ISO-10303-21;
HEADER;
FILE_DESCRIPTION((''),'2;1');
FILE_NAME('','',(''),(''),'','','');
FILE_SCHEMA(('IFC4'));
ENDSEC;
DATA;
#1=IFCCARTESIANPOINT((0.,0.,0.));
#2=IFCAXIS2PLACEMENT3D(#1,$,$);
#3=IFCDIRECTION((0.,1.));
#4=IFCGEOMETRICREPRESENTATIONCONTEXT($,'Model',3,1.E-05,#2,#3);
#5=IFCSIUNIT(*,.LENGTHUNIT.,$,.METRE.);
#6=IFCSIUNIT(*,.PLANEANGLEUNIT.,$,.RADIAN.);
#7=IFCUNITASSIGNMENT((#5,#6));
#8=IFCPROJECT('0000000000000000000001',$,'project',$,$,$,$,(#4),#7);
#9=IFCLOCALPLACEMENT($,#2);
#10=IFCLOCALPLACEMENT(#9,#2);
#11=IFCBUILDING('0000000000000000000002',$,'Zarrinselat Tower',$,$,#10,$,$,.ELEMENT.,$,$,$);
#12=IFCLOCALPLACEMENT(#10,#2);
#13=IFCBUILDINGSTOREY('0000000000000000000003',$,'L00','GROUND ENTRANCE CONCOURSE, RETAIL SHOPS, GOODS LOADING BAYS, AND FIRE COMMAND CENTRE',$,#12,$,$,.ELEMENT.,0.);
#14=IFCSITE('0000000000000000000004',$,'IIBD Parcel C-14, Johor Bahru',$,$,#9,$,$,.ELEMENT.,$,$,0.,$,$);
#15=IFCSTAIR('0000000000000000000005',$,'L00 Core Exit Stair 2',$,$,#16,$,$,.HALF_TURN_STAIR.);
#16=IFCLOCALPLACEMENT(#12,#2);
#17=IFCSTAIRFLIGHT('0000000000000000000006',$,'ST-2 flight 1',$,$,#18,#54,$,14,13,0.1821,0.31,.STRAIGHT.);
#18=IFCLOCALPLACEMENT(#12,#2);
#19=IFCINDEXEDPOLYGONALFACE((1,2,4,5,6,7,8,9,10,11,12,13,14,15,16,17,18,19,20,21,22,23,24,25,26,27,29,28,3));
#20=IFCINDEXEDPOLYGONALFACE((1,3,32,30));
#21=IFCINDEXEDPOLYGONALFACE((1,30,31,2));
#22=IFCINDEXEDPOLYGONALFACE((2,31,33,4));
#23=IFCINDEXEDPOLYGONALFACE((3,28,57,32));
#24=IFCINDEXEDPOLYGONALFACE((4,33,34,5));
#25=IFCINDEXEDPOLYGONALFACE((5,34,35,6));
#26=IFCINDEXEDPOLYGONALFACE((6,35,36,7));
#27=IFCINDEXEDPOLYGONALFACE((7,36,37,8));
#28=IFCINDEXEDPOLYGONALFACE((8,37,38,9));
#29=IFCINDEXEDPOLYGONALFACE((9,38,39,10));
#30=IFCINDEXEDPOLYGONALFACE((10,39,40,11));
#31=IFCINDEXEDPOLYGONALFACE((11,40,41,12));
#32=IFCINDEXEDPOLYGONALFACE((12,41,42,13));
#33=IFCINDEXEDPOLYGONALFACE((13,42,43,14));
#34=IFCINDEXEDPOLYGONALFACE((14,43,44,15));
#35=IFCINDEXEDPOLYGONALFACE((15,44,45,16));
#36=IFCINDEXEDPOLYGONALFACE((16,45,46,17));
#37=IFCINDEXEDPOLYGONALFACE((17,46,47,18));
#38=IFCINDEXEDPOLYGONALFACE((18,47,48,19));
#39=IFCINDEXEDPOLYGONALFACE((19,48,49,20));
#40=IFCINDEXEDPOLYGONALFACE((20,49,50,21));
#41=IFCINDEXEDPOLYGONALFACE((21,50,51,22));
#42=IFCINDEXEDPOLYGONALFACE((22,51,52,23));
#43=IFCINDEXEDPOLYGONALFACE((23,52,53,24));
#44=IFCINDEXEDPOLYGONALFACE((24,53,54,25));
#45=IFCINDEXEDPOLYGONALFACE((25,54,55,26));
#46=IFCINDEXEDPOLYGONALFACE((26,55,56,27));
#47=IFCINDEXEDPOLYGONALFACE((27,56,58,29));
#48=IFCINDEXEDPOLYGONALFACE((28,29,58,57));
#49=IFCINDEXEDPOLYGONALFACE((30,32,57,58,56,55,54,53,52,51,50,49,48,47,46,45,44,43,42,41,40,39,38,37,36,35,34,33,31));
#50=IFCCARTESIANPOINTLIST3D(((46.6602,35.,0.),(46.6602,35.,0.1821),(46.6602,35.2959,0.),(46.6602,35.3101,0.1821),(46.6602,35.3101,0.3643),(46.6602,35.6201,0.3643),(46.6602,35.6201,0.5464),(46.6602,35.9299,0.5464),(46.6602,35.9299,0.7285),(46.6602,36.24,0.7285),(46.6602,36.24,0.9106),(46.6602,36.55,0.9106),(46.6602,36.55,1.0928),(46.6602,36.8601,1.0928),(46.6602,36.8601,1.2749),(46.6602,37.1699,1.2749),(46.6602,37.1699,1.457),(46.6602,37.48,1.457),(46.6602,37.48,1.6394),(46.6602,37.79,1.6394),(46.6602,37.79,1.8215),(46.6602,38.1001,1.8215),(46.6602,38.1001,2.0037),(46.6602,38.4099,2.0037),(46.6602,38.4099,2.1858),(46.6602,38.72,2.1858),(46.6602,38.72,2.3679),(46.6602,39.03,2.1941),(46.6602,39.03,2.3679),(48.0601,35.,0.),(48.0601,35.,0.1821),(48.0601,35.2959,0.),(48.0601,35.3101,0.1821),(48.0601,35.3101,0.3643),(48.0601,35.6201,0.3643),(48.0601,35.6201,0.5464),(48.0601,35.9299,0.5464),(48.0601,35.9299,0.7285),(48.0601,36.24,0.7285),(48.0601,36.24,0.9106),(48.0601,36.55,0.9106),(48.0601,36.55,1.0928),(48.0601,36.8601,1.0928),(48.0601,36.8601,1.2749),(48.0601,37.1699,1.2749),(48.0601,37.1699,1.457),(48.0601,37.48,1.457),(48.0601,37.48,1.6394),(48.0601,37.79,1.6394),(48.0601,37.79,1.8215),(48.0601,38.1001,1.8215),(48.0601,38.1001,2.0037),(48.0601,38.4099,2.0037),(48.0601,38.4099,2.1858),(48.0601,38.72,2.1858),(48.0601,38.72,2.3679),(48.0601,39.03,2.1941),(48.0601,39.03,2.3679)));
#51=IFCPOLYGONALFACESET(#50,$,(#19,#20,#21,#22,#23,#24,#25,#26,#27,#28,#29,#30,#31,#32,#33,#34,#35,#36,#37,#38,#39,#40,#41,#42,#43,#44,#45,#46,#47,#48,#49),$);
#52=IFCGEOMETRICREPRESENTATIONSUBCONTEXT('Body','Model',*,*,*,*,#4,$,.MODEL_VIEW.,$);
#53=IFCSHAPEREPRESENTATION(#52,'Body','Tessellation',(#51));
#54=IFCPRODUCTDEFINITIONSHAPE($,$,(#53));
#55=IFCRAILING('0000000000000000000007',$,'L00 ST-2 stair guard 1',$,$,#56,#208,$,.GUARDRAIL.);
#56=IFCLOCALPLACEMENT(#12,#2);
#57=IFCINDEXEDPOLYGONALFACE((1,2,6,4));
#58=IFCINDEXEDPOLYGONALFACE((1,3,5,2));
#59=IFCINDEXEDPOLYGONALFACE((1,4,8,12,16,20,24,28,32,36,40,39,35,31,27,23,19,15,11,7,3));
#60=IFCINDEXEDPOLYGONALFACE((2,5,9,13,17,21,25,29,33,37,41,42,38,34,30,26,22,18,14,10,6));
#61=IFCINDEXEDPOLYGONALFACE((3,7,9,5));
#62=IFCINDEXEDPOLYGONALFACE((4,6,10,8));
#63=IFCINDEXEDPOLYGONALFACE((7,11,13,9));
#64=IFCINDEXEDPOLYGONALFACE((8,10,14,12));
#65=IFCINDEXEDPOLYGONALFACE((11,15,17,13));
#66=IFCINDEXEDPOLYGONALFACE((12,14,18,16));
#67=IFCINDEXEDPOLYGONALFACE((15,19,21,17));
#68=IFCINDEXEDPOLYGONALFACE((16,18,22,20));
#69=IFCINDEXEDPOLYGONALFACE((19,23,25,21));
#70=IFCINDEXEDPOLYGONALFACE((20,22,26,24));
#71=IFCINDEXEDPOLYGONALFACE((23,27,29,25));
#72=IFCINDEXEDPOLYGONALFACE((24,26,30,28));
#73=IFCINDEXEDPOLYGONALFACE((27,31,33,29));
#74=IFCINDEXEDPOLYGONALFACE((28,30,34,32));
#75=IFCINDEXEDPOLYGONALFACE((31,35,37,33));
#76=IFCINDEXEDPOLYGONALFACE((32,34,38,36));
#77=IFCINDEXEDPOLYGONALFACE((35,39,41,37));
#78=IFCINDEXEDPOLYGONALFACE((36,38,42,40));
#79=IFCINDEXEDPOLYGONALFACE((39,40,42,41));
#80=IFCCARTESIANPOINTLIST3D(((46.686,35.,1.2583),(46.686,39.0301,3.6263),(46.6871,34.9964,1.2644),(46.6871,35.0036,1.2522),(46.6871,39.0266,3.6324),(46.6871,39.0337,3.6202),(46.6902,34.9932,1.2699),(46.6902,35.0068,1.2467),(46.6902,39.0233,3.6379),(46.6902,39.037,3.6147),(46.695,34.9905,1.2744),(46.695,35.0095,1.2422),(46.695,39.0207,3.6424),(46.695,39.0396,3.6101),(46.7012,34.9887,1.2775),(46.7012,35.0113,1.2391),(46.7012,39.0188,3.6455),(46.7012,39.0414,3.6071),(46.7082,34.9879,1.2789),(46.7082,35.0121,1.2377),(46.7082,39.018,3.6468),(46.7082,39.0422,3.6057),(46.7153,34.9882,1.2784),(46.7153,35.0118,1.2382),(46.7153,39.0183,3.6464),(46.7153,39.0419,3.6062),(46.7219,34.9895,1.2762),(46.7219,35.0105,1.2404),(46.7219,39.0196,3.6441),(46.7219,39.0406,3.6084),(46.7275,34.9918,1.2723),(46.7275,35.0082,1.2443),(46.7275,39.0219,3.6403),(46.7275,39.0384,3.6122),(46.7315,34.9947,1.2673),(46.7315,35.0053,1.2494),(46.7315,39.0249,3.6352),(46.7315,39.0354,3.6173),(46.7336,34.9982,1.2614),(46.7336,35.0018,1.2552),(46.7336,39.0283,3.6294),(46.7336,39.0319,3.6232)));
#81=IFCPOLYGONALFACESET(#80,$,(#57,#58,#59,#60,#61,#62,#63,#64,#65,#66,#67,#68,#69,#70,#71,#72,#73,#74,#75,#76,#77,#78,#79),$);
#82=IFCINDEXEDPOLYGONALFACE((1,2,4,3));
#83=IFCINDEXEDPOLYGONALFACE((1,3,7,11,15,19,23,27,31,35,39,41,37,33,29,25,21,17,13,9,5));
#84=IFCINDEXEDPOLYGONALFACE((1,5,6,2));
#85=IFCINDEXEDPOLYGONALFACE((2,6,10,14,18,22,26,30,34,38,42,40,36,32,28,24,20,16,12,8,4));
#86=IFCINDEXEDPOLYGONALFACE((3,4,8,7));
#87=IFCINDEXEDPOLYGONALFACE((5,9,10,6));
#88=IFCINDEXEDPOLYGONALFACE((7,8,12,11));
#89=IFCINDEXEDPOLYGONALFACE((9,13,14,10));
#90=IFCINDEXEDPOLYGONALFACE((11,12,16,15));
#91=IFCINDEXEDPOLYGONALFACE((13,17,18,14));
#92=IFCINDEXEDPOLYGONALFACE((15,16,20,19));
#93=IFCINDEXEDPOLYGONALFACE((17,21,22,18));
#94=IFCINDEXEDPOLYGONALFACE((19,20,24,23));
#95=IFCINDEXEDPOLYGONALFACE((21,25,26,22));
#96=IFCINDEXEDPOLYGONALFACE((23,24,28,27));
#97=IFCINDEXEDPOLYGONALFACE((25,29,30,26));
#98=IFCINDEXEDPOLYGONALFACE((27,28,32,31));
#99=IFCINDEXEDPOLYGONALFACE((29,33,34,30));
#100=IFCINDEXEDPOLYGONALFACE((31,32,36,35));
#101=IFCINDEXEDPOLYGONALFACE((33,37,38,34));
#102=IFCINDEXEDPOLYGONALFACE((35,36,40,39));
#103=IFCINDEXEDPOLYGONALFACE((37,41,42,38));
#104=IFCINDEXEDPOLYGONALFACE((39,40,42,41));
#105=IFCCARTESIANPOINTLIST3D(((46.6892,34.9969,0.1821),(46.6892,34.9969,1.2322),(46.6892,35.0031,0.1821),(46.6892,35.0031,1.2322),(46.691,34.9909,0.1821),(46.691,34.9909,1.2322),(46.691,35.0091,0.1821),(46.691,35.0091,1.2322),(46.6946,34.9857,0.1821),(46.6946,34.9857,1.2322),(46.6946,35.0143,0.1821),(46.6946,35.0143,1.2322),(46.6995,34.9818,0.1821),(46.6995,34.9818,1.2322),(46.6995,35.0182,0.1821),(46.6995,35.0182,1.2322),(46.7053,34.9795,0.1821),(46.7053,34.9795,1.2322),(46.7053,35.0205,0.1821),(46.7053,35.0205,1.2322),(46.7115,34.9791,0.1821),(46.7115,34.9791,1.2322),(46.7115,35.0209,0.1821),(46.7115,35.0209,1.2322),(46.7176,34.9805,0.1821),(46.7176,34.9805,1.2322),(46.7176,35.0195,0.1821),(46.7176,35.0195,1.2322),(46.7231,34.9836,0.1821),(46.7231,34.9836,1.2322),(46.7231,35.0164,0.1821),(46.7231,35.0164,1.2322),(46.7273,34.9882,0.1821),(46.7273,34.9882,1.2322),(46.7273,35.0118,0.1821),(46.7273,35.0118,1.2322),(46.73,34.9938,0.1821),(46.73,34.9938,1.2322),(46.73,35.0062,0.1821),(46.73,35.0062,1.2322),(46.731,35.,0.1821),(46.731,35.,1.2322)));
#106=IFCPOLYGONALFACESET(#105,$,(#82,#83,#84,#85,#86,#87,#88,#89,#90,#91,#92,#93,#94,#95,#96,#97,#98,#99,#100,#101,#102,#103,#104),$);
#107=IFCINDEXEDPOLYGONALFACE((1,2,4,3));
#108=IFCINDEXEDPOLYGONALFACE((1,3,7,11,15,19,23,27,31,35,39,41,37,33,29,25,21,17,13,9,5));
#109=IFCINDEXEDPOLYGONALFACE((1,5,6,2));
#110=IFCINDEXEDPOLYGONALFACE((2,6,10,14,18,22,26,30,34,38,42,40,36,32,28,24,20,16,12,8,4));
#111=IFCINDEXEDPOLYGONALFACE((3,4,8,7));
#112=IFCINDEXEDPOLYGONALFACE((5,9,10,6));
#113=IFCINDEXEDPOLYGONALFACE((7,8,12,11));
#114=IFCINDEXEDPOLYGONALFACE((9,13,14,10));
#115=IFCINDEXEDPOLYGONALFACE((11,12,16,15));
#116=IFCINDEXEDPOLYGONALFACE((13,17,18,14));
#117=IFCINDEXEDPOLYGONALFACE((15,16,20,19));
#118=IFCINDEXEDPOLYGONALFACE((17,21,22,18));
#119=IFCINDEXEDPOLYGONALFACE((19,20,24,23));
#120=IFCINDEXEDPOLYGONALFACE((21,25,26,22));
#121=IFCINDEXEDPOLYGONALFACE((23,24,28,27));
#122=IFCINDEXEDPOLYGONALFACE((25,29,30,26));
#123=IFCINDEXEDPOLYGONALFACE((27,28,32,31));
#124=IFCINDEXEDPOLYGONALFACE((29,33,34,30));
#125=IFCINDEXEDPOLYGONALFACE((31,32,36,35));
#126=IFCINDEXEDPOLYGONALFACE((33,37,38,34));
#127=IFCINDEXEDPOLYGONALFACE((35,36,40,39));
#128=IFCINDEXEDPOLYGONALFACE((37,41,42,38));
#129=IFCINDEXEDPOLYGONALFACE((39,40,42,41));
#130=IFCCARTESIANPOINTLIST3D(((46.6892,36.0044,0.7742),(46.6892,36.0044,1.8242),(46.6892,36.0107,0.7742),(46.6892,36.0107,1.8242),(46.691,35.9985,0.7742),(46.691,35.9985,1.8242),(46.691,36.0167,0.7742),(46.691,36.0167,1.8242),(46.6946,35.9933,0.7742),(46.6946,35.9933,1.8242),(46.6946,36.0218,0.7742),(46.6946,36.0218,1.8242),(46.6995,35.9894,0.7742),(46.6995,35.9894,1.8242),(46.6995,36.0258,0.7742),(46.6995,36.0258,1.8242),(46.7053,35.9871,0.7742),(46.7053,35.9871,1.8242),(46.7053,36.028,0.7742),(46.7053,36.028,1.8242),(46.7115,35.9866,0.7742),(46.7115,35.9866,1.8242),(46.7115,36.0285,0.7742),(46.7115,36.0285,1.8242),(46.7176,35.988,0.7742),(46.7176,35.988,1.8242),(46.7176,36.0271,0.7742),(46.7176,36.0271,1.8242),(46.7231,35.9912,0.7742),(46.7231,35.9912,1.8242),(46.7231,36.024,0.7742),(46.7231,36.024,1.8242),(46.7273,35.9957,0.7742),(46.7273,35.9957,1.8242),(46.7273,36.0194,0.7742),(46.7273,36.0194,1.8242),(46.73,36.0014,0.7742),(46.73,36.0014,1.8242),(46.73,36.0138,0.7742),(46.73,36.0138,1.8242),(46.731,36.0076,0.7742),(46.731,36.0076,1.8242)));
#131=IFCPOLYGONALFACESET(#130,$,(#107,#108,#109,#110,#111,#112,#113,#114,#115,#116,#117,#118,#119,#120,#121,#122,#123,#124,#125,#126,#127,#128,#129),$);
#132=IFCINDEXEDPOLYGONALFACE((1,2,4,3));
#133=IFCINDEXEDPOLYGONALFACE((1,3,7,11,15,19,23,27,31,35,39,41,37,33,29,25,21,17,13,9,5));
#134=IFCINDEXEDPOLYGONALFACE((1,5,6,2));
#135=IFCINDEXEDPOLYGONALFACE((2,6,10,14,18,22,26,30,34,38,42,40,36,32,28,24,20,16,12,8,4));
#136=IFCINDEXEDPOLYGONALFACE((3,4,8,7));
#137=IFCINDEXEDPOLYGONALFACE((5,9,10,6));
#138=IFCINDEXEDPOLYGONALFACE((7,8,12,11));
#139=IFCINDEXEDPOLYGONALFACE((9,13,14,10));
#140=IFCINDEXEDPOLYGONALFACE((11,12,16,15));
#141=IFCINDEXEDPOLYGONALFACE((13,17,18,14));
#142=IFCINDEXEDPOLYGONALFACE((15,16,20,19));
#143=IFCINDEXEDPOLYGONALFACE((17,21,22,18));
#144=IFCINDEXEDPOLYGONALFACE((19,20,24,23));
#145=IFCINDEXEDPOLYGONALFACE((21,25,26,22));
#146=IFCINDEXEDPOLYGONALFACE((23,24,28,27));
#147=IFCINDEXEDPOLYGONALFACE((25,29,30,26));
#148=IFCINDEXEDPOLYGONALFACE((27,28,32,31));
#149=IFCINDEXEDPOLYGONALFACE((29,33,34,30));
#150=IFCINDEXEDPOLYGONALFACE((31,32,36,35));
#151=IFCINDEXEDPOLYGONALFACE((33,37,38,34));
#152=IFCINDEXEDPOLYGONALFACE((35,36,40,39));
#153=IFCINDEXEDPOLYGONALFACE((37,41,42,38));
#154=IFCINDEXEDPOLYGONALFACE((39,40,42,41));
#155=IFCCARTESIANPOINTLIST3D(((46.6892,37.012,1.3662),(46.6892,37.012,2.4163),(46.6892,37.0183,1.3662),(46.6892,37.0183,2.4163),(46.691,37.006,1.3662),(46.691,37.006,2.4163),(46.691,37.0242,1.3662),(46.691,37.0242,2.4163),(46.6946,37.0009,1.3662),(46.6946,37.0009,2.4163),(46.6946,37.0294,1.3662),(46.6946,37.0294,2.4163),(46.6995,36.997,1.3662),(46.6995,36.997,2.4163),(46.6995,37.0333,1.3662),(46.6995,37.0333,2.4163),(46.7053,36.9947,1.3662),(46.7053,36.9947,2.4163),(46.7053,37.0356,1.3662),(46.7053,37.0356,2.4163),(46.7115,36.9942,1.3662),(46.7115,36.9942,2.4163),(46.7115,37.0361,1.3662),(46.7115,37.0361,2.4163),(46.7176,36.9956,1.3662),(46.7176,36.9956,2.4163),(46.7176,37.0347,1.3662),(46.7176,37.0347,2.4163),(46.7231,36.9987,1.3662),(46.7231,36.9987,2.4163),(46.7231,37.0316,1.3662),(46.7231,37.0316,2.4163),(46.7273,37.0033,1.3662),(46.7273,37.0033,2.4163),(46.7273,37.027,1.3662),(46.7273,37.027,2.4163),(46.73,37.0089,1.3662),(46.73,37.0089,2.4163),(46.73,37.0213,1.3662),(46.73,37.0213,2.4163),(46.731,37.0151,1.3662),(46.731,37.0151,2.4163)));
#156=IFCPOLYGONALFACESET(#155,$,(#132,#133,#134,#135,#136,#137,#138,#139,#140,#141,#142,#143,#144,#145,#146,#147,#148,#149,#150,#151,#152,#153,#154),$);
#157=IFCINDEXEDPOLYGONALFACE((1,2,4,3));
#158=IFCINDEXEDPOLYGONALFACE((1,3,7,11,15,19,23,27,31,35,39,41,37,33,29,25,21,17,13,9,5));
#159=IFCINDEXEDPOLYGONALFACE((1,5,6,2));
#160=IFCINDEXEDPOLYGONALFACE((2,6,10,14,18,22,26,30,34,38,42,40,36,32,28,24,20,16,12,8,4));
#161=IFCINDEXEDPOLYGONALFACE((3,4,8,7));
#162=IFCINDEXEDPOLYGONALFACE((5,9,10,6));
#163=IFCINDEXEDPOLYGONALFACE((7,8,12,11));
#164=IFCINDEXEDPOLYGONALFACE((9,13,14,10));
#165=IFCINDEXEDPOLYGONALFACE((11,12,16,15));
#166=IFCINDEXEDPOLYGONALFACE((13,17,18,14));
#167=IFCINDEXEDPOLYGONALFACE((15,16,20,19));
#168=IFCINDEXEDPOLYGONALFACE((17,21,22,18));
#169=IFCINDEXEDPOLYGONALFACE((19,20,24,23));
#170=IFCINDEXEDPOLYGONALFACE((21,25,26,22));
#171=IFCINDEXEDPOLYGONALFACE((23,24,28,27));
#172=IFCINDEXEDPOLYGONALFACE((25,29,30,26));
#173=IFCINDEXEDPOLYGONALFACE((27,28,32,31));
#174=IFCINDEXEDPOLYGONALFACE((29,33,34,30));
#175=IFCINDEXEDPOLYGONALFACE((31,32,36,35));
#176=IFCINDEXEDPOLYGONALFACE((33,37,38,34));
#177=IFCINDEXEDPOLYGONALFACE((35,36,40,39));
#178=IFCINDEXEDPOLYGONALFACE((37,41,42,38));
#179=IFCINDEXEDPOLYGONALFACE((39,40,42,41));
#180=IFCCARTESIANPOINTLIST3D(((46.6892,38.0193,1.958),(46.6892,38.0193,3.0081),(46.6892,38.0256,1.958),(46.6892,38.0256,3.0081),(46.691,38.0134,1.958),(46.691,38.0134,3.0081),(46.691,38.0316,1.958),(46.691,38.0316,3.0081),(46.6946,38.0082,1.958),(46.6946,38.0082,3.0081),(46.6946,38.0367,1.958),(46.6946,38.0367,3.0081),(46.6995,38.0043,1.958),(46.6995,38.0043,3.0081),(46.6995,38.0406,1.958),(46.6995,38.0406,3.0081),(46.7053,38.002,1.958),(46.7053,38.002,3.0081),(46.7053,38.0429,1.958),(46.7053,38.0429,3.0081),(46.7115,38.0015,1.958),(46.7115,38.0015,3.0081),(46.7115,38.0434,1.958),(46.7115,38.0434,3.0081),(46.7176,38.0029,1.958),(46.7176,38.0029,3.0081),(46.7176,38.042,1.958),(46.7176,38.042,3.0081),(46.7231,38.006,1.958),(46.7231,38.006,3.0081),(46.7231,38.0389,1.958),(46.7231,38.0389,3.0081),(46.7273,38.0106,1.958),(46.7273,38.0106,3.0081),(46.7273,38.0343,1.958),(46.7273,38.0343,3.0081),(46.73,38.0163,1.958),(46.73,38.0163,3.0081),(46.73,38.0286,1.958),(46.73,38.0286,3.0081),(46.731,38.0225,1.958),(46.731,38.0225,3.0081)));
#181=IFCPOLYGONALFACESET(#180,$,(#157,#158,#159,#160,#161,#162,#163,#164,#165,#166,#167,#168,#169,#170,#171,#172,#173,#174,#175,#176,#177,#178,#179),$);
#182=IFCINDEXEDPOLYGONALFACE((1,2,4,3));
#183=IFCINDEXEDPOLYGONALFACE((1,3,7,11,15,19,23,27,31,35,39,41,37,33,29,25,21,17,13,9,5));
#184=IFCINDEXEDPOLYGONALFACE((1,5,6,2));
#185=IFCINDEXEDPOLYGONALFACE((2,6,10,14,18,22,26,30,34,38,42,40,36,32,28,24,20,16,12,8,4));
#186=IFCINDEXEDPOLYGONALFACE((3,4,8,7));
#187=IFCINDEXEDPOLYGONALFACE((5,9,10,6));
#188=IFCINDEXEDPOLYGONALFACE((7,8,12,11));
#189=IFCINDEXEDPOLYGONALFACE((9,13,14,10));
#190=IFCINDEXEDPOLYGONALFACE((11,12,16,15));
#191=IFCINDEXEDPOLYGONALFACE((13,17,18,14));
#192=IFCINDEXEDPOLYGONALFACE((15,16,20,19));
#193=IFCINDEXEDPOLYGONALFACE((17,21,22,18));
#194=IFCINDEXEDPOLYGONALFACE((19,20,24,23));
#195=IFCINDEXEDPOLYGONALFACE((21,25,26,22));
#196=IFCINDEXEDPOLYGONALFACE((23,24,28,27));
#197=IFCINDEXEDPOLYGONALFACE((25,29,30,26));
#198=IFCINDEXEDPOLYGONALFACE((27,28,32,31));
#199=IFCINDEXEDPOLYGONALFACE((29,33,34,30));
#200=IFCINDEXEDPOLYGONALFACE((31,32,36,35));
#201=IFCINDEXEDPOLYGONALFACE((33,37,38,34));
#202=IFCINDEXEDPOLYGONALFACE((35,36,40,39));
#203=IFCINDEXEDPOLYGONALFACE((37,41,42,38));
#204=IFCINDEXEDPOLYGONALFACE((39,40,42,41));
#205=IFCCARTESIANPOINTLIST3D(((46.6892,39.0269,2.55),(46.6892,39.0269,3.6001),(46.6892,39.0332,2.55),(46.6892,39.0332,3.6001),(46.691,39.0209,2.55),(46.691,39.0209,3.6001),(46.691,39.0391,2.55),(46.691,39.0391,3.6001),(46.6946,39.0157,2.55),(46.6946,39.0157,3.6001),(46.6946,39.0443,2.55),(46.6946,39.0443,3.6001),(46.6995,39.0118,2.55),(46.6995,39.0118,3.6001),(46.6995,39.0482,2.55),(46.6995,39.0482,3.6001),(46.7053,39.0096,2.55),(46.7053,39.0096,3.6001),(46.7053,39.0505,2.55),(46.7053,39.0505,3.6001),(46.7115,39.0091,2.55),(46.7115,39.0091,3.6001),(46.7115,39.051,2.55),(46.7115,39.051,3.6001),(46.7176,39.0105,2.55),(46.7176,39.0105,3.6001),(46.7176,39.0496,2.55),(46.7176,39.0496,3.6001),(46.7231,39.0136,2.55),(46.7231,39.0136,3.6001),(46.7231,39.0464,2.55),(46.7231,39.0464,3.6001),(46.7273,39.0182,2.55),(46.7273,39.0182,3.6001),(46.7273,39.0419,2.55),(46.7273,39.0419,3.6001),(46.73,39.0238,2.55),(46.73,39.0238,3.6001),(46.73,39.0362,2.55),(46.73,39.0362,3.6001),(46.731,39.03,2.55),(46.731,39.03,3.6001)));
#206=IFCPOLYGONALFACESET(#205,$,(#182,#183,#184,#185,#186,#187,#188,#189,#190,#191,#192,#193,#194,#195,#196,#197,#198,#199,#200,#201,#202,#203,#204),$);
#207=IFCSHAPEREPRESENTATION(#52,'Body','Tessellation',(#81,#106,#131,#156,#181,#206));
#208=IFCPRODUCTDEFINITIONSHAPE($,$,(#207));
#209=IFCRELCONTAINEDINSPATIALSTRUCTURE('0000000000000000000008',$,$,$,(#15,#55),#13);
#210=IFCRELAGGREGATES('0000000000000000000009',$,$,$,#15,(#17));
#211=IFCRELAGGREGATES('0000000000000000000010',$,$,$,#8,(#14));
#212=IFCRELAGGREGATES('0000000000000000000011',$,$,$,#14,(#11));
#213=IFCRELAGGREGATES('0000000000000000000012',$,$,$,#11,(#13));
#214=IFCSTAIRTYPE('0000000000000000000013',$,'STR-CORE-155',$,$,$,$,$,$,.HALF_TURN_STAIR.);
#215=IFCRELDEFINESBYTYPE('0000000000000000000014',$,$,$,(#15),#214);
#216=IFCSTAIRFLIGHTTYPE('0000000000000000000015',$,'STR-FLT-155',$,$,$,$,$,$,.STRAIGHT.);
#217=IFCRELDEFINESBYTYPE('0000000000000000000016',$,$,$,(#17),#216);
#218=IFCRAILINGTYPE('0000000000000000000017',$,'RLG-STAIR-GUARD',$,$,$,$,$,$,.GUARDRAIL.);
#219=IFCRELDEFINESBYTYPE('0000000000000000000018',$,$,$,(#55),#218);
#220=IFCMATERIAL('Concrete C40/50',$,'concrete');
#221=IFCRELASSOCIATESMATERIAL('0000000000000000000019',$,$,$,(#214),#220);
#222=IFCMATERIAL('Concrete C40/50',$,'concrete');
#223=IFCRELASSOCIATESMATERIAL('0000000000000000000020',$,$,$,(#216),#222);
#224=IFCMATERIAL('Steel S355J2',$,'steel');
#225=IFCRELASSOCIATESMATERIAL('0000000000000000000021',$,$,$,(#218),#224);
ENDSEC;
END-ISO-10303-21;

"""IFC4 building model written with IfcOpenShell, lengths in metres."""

from ifc_helpers import new_model, si_unit, direction, frame, origin, origin_2d, place, context, subcontext, project, spatial, polyline, circle, outline, extrude, material, type_object, element, aggregate, save


model = new_model("IFC4")

# Units and contexts
model_context = context("Model", 3, precision=1e-05, world=origin(), true_north=direction((0.0, 1.0)))
body_context = subcontext(model_context, "Body", "Model", "MODEL_VIEW")
ifc_project = project(units=[si_unit("LENGTHUNIT", "METRE"), si_unit("PLANEANGLEUNIT", "RADIAN")], contexts=[model_context])

# Site, building, storey
site_placement = place(None, origin())
site = spatial("IfcSite", under=ifc_project, at=site_placement, Name="IIBD Parcel C-14, Johor Bahru", CompositionType="ELEMENT", RefElevation=0.0)
building_placement = place(site_placement, origin())
building = spatial("IfcBuilding", under=site, at=building_placement, Name="Zarrinselat Tower", CompositionType="ELEMENT")
storey_placement = place(building_placement, origin())
storey = spatial("IfcBuildingStorey", under=building, at=storey_placement, Name="L00", Description="GROUND ENTRANCE CONCOURSE, RETAIL SHOPS, GOODS LOADING BAYS, AND FIRE COMMAND CENTRE", CompositionType="ELEMENT", Elevation=0.0)

# Stair, stair flight
ifc_material_1 = material(Name="Concrete C40/50", Category="concrete")
stair_type = type_object("IfcStairType", Name="STR-CORE-155", PredefinedType="HALF_TURN_STAIR", material=ifc_material_1)
stair_placement = place(storey_placement, origin())
stair = element("IfcStair", 1, at=stair_placement, inside=storey, type_object=stair_type, Name="L00 Core Exit Stair 2", PredefinedType="HALF_TURN_STAIR")
ifc_material_2 = material(Name="Concrete C40/50", Category="concrete")
stair_flight_type = type_object("IfcStairFlightType", Name="STR-FLT-155", PredefinedType="STRAIGHT", material=ifc_material_2)
stair_flight_placement = place(storey_placement, frame((47.3601, 35.0, 0.0), z_axis=(0.0, 0.0, 1.0), x_axis=(0.0, 1.0, 0.0)))
stair_flight = element("IfcStairFlight", 2, at=stair_flight_placement, type_object=stair_flight_type, Name="ST-2 flight 1", NumberOfRisers=14, NumberOfTreads=13, PredefinedType="STRAIGHT", RiserHeight=0.1821, TreadLength=0.31, context=body_context, shape_type="SweptSolid", body=[
    extrude(outline(polyline([(0.0, 0.0), (0.0, 0.1821), (0.3101, 0.1821), (0.3101, 0.3643), (0.6201, 0.3643), (0.6201, 0.5464), (0.9299, 0.5464), (0.9299, 0.7285), (1.24, 0.7285), (1.24, 0.9106), (1.55, 0.9106), (1.55, 1.0928), (1.8601, 1.0928), (1.8601, 1.2749), (2.1699, 1.2749), (2.1699, 1.457), (2.48, 1.457), (2.48, 1.6394), (2.79, 1.6394), (2.79, 1.8215), (3.1001, 1.8215), (3.1001, 2.0037), (3.4099, 2.0037), (3.4099, 2.1858), (3.72, 2.1858), (3.72, 2.3679), (4.03, 2.3679), (4.03, 2.55), (4.03, 2.1941), (0.2959, 0.0), (0.0, 0.0)])), frame((0.0, 0.7, 0.0), z_axis=(0.0, -1.0, 0.0), x_axis=(1.0, 0.0, 0.0)), (0.0, 0.0, 1.0), 1.3999),
])
aggregate(stair, [stair_flight])

# Railing
ifc_material_3 = material(Name="Steel S355J2", Category="steel")
railing_type_1 = type_object("IfcRailingType", Name="RLG-STAIR-GUARD", PredefinedType="GUARDRAIL", material=ifc_material_3)
railing_1_placement = place(storey_placement, frame((46.71, 35.0, 0.1821)))
element("IfcRailing", 3, at=railing_1_placement, inside=storey, type_object=railing_type_1, Name="L00 ST-2 stair guard 1", PredefinedType="GUARDRAIL", context=body_context, shape_type="SweptSolid", body=[
    extrude(circle(Radius=0.0239, at=origin_2d()), frame((0.0, 0.0, 1.0762), z_axis=(0.0, 0.862185, 0.506593), x_axis=(-1.0, 0.0, 0.0)), (0.0, 0.0, 1.0), 4.6743),
    extrude(circle(Radius=0.021, at=origin_2d()), origin(), (0.0, 0.0, 1.0), 1.05),
    extrude(circle(Radius=0.021, at=origin_2d()), frame((0.0, 1.0076, 0.592)), (0.0, 0.0, 1.0), 1.05),
    extrude(circle(Radius=0.021, at=origin_2d()), frame((0.0, 2.0151, 1.1841)), (0.0, 0.0, 1.0), 1.05),
    extrude(circle(Radius=0.021, at=origin_2d()), frame((0.0, 3.0225, 1.7759)), (0.0, 0.0, 1.0), 1.05),
    extrude(circle(Radius=0.021, at=origin_2d()), frame((0.0, 4.03, 2.3679)), (0.0, 0.0, 1.0), 1.05),
])

save(model, "model.ifc")
